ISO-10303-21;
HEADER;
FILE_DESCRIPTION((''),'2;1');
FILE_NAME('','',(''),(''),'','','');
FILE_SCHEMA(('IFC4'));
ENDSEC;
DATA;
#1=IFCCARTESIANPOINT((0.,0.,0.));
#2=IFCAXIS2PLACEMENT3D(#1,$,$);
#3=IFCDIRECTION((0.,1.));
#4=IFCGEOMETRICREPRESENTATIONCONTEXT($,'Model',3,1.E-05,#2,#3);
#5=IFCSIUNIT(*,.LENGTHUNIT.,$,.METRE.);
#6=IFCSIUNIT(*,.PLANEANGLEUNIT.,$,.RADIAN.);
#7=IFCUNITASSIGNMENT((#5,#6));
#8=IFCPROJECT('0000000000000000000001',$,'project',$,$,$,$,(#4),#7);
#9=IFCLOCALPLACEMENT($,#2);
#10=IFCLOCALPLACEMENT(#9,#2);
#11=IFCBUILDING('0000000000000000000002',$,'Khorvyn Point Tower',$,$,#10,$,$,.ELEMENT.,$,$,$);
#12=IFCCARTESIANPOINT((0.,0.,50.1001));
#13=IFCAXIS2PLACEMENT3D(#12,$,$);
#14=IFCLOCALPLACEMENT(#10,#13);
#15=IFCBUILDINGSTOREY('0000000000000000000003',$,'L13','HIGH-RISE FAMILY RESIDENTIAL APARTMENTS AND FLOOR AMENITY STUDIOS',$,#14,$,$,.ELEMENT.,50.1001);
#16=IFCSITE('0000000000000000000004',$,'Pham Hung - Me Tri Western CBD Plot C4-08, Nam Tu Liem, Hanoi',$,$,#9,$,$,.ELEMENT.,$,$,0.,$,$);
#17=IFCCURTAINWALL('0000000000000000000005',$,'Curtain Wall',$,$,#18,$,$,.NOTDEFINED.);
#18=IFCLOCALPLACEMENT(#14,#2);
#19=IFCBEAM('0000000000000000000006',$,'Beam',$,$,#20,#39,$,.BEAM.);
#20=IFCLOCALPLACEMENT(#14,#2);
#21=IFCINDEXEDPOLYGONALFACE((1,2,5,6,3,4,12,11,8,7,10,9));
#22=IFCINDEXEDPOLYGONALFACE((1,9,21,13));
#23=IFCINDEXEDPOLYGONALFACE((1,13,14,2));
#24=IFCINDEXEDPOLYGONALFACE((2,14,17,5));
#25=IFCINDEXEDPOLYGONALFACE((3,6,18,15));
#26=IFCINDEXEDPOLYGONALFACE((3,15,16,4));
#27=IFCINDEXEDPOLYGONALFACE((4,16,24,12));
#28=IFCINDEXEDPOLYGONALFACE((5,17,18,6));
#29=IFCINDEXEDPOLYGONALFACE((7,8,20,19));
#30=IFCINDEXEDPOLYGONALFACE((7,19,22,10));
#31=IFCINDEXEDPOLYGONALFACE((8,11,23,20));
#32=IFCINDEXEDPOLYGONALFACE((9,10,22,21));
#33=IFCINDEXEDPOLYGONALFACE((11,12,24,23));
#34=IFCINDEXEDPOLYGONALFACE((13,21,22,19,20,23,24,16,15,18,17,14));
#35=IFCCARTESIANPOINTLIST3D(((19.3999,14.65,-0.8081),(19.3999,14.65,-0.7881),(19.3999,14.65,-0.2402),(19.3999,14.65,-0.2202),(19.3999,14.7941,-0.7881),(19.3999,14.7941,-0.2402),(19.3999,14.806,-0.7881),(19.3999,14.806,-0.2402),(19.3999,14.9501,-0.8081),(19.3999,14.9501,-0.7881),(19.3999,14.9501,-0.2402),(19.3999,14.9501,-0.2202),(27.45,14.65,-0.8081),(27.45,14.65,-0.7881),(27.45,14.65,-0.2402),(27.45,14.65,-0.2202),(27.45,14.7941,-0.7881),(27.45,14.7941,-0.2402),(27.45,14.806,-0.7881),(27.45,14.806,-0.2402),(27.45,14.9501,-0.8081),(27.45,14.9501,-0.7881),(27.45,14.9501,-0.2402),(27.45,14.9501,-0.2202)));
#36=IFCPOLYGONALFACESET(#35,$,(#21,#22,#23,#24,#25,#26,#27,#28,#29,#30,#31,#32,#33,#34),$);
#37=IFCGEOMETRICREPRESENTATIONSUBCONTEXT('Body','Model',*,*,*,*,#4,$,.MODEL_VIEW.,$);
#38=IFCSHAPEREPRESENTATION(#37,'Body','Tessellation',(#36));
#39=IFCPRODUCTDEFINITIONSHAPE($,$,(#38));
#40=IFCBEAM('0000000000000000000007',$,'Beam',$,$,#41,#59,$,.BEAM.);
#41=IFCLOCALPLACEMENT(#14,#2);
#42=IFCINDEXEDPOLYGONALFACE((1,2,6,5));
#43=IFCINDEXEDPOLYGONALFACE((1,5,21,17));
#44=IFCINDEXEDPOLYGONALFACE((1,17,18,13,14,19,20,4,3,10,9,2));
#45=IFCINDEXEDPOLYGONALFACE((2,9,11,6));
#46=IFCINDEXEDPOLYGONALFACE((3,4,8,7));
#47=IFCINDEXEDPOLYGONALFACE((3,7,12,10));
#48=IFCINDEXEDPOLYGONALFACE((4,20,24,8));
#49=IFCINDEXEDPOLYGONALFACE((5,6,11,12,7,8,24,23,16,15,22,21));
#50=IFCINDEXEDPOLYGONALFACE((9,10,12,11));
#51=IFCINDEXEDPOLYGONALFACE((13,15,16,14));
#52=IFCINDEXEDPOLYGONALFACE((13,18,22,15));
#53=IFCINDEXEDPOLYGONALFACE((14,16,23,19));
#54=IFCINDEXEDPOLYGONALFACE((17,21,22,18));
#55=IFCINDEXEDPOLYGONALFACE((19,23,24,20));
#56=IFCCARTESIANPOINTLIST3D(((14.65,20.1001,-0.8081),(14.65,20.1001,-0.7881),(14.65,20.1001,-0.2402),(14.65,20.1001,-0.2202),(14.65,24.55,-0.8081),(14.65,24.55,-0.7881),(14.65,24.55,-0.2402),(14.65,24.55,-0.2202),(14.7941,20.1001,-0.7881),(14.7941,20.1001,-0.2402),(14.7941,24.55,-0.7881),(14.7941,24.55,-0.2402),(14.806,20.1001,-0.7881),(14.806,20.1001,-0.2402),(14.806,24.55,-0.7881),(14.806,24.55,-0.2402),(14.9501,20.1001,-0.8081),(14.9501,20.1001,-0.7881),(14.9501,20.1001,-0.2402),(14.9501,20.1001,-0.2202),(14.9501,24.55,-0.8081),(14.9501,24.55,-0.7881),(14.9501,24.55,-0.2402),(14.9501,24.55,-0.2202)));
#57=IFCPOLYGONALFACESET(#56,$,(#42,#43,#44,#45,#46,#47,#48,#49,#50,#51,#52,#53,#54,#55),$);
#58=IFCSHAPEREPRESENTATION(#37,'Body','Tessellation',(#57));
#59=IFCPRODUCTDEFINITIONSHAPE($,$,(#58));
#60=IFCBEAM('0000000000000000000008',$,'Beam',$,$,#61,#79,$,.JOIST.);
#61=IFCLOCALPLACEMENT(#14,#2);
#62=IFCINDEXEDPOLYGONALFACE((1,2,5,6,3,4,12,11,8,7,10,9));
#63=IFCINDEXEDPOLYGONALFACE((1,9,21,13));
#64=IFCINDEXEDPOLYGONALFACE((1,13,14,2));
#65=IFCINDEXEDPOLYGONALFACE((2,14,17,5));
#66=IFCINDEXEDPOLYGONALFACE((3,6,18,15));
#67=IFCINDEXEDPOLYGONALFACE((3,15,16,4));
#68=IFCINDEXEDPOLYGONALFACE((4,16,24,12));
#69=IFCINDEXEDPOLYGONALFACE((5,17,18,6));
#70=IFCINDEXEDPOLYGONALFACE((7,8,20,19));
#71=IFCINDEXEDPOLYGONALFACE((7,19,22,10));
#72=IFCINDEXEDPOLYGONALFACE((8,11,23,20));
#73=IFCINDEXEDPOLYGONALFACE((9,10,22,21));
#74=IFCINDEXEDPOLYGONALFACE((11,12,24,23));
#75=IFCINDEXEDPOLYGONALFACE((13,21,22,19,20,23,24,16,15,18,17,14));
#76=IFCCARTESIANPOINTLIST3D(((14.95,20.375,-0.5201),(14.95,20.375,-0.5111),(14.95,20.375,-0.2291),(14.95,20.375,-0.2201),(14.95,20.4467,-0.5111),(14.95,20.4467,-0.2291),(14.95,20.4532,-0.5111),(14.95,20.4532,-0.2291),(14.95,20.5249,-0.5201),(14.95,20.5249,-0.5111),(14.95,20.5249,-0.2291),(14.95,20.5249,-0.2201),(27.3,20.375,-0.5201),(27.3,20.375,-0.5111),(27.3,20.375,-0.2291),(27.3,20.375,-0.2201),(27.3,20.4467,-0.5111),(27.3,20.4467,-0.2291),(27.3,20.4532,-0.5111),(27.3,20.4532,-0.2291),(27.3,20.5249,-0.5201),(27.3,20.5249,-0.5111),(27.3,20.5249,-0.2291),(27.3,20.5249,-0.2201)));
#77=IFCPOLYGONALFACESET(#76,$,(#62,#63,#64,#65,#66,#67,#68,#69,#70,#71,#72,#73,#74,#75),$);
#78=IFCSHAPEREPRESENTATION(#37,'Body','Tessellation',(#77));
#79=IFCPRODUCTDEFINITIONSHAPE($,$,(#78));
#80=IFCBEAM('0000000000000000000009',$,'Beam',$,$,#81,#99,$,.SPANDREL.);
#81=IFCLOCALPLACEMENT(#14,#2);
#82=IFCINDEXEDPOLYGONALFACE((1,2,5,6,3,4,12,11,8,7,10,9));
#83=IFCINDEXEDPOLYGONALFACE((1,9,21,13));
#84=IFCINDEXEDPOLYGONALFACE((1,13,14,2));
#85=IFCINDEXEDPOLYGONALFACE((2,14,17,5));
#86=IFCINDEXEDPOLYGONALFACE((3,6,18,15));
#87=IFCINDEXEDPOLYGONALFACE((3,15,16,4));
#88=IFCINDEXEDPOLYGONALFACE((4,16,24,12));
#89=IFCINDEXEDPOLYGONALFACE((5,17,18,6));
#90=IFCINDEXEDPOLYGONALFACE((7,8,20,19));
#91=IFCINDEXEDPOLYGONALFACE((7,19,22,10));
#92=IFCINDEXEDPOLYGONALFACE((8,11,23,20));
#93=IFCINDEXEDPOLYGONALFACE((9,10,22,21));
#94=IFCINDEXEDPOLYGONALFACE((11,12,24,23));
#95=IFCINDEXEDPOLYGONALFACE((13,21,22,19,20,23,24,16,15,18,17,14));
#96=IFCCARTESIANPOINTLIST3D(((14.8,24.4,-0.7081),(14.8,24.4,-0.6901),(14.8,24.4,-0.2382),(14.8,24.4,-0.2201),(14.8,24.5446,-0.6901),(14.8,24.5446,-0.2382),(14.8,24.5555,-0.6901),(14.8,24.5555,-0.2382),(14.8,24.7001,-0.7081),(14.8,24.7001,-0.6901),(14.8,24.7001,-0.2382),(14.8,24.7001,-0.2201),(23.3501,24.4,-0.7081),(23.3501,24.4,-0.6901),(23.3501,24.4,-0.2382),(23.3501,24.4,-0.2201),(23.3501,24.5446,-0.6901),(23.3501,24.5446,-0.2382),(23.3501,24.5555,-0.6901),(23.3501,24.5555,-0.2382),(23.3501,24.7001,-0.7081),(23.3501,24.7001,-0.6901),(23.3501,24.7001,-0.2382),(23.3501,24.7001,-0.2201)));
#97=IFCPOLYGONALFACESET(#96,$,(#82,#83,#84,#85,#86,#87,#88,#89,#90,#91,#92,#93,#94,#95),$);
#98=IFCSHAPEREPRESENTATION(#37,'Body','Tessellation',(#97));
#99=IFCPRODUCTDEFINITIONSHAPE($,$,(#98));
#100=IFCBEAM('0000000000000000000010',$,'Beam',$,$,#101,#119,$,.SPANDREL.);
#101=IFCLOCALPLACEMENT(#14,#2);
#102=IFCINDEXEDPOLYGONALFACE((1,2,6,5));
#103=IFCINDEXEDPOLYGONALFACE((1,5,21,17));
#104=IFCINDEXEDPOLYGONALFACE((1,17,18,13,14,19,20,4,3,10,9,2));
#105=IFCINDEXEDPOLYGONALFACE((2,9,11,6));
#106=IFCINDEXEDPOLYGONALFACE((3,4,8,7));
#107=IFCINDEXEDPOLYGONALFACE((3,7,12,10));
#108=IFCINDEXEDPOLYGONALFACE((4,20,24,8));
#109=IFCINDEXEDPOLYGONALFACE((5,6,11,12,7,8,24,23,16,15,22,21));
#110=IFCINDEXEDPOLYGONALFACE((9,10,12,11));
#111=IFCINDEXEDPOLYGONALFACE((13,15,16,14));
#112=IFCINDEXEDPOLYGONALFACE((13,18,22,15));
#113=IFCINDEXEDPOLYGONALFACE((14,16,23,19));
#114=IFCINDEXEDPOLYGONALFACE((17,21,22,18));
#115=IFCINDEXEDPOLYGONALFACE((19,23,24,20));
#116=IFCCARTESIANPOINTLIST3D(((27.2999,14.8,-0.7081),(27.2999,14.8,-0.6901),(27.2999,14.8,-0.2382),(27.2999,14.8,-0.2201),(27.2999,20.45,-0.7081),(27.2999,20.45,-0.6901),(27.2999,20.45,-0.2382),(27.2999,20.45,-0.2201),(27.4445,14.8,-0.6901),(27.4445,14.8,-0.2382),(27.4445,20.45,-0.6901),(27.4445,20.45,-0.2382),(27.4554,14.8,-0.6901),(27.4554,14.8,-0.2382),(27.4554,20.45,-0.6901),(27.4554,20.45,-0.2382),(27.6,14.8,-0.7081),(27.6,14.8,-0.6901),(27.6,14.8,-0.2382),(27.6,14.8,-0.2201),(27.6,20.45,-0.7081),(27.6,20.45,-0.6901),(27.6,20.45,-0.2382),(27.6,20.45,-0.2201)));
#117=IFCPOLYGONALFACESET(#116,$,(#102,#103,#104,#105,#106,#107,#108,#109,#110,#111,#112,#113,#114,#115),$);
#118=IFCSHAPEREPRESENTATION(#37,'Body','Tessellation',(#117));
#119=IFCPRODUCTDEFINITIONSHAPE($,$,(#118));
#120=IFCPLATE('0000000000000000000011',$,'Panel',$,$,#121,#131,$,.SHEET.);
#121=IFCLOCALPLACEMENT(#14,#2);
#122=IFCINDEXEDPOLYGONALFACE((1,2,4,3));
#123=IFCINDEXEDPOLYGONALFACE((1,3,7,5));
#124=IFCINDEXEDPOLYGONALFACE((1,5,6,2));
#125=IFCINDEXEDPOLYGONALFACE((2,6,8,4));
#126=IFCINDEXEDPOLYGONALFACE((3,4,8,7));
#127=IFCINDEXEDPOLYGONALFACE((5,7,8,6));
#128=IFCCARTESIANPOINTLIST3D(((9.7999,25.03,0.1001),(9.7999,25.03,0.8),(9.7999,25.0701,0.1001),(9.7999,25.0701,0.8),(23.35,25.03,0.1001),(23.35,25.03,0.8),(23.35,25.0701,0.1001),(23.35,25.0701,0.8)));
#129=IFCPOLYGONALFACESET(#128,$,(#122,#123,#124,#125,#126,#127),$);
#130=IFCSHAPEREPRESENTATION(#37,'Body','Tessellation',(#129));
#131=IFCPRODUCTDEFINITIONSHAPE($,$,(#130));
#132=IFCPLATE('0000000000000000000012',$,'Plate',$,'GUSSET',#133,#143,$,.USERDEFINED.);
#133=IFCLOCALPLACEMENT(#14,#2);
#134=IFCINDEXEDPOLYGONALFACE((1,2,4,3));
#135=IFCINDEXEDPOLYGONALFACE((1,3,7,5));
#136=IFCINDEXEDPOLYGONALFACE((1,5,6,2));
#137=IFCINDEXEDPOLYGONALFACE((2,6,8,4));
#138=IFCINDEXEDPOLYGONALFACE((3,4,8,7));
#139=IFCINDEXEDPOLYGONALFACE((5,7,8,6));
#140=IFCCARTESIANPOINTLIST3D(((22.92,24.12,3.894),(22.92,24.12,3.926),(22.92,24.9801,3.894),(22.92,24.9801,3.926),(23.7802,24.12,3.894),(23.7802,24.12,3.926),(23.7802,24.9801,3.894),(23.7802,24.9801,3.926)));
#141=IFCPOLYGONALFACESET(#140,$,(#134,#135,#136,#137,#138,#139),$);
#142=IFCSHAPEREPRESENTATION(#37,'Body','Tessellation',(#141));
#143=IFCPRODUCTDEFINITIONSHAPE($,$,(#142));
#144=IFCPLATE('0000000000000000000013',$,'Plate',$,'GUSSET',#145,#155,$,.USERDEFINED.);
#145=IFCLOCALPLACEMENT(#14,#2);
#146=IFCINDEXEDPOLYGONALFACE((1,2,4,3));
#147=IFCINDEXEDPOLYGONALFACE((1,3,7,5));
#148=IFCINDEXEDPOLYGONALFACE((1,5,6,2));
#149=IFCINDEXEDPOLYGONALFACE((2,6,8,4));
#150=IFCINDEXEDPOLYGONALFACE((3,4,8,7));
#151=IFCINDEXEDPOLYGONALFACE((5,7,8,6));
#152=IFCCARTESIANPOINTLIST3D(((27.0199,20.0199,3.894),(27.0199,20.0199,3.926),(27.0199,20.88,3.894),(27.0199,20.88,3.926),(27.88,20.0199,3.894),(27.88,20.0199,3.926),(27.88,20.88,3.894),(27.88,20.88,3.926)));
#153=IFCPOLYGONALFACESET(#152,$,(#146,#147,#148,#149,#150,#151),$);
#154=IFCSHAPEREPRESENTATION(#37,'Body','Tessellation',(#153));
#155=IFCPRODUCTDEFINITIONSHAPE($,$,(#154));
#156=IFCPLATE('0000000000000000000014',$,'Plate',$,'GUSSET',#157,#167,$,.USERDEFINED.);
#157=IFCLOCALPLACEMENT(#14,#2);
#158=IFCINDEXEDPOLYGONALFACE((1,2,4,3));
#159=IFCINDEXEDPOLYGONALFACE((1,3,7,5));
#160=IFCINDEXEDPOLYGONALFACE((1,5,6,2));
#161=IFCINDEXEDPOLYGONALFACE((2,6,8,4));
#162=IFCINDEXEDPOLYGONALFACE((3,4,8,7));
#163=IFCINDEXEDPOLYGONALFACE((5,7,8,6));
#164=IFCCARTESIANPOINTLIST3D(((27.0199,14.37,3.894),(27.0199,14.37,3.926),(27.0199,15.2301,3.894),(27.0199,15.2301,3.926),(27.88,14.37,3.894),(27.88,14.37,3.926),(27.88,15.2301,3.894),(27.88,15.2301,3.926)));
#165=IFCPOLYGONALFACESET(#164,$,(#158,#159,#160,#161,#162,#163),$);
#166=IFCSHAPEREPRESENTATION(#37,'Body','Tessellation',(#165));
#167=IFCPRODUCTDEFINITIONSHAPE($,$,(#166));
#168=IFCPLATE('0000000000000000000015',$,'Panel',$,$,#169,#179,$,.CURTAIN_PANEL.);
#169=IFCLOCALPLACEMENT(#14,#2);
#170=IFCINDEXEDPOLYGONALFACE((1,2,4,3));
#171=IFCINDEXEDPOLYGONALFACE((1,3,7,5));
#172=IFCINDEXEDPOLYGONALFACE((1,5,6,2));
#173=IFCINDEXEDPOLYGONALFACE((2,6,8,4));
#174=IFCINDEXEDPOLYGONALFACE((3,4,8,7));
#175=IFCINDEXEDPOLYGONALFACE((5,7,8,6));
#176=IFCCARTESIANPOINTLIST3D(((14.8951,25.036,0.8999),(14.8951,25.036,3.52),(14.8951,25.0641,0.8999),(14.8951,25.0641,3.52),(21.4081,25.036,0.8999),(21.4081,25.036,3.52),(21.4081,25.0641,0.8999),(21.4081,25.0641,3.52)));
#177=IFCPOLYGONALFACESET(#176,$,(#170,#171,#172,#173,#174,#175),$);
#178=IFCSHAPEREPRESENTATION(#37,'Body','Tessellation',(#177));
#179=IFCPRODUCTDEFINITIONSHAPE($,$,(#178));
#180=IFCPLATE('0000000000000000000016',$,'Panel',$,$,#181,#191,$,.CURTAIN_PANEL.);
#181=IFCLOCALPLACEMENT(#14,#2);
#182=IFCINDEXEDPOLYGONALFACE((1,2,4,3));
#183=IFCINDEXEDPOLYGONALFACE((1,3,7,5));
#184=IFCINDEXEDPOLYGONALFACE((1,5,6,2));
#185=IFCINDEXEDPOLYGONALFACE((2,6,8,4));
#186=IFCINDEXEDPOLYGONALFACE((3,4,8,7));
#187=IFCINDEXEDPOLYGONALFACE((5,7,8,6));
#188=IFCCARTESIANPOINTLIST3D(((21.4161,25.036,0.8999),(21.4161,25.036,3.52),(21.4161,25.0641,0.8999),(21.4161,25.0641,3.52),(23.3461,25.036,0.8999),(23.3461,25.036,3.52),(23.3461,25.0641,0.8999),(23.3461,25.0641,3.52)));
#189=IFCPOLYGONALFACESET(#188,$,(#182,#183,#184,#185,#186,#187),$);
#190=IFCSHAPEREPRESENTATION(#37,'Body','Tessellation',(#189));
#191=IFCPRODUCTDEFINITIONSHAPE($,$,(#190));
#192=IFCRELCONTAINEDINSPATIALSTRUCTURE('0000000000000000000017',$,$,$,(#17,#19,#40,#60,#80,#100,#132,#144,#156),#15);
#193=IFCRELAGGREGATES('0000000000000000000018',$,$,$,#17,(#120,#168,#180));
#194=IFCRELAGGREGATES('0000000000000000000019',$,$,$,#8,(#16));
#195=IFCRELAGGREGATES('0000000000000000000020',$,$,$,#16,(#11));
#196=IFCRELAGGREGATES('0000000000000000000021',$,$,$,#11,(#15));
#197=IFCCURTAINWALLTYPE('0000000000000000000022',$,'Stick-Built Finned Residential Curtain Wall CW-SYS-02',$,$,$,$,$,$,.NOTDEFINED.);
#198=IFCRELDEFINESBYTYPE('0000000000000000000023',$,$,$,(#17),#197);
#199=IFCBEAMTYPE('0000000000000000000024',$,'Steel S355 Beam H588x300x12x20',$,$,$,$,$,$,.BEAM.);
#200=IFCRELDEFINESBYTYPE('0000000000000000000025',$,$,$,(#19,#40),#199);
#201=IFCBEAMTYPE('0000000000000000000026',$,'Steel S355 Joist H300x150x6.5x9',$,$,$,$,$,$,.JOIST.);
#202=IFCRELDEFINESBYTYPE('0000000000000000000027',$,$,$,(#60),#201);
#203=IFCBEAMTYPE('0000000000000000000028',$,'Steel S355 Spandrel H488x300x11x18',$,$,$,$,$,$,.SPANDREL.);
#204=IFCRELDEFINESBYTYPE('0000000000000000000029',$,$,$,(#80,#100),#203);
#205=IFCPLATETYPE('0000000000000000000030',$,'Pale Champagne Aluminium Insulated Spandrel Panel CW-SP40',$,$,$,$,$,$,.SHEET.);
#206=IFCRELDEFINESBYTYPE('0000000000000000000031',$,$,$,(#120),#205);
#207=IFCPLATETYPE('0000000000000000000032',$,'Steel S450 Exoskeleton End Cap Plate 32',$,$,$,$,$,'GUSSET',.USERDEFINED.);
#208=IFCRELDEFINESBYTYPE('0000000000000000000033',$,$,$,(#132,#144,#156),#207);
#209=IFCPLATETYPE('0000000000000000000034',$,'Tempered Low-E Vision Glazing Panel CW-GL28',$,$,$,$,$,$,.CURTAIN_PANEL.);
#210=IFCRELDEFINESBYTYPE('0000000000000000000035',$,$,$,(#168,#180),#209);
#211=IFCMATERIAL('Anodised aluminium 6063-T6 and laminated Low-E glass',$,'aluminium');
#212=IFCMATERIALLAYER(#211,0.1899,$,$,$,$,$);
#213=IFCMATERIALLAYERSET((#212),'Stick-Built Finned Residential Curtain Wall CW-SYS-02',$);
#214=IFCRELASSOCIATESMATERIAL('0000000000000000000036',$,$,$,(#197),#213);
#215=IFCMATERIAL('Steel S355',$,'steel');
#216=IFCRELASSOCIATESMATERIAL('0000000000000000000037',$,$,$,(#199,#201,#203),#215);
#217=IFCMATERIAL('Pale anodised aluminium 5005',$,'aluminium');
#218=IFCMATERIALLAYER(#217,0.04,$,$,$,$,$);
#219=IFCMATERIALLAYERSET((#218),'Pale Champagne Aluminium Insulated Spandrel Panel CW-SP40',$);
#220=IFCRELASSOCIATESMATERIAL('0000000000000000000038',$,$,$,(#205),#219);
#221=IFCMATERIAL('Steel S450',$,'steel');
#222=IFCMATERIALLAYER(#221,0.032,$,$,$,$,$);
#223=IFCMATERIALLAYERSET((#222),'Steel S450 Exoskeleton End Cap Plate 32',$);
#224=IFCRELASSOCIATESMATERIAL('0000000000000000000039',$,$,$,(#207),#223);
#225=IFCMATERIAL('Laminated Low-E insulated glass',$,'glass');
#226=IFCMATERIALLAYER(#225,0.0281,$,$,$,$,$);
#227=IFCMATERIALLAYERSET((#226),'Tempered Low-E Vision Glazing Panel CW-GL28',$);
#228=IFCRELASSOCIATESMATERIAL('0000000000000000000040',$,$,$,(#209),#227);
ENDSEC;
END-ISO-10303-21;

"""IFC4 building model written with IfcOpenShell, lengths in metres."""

from ifc_helpers import new_model, si_unit, direction, frame, origin, origin_2d, place, context, subcontext, project, spatial, rectangle, i_section, extrude, material, layer, layer_set, material_profile, profile_set, type_object, element, aggregate, save


model = new_model("IFC4")

# Units and contexts
model_context = context("Model", 3, precision=1e-05, world=origin(), true_north=direction((0.0, 1.0)))
body_context = subcontext(model_context, "Body", "Model", "MODEL_VIEW")
ifc_project = project(units=[si_unit("LENGTHUNIT", "METRE"), si_unit("PLANEANGLEUNIT", "RADIAN")], contexts=[model_context])

# Site, building, storey
site_placement = place(None, origin())
site = spatial("IfcSite", under=ifc_project, at=site_placement, Name="Pham Hung - Me Tri Western CBD Plot C4-08, Nam Tu Liem, Hanoi", CompositionType="ELEMENT", RefElevation=0.0)
building_placement = place(site_placement, origin())
building = spatial("IfcBuilding", under=site, at=building_placement, Name="Khorvyn Point Tower", CompositionType="ELEMENT")
storey_placement = place(building_placement, frame((0.0, 0.0, 50.1001)))
storey = spatial("IfcBuildingStorey", under=building, at=storey_placement, Name="L13", Description="HIGH-RISE FAMILY RESIDENTIAL APARTMENTS AND FLOOR AMENITY STUDIOS", CompositionType="ELEMENT", Elevation=50.1001)

# Shared definitions
ifc_material_1 = material(Name="Steel S450", Category="steel")

# Curtain wall
ifc_material_2 = material(Name="Anodised aluminium 6063-T6 and laminated Low-E glass", Category="aluminium")
ifc_layer_1 = layer(ifc_material_2, 0.1899)
ifc_layer_set_1 = layer_set([ifc_layer_1], Name="Stick-Built Finned Residential Curtain Wall CW-SYS-02")
curtain_wall_type = type_object("IfcCurtainWallType", Name="Stick-Built Finned Residential Curtain Wall CW-SYS-02", PredefinedType="NOTDEFINED", material=ifc_layer_set_1)
curtain_wall_1_placement = place(storey_placement, origin())
curtain_wall_1 = element("IfcCurtainWall", 1, at=curtain_wall_1_placement, inside=storey, type_object=curtain_wall_type, Name="Curtain Wall", PredefinedType="NOTDEFINED")

# Beams
ifc_material_3 = material(Name="Steel S355", Category="steel")
ifc_material_profile_1 = material_profile(ifc_material_3, i_section(OverallWidth=0.3, OverallDepth=0.5879, WebThickness=0.012, FlangeThickness=0.02, at=origin_2d()))
ifc_profile_set_1 = profile_set([ifc_material_profile_1], Name="Steel S355 H588x300x12x20")
beam_type_1 = type_object("IfcBeamType", Name="Steel S355 Beam H588x300x12x20", PredefinedType="BEAM", material=ifc_profile_set_1)
beam_1_placement = place(storey_placement, frame((19.3999, 14.8, -0.5142), z_axis=(1.0, 0.0, 0.0), x_axis=(0.0, 1.0, 0.0)))
element("IfcBeam", 2, at=beam_1_placement, inside=storey, type_object=beam_type_1, Name="Beam", PredefinedType="BEAM", context=body_context, shape_type="SweptSolid", body=[
    extrude(i_section(OverallWidth=0.3, OverallDepth=0.5879, WebThickness=0.012, FlangeThickness=0.02, at=origin_2d()), origin(), (0.0, 0.0, 1.0), 8.05),
])
beam_2_placement = place(storey_placement, frame((14.8, 20.1001, -0.5142), z_axis=(0.0, 1.0, 0.0), x_axis=(-1.0, 0.0, 0.0)))
element("IfcBeam", 3, at=beam_2_placement, inside=storey, type_object=beam_type_1, Name="Beam", PredefinedType="BEAM", context=body_context, shape_type="SweptSolid", body=[
    extrude(i_section(OverallWidth=0.3, OverallDepth=0.5879, WebThickness=0.012, FlangeThickness=0.02, at=origin_2d()), origin(), (0.0, 0.0, 1.0), 4.45),
])
ifc_material_profile_2 = material_profile(ifc_material_3, i_section(OverallWidth=0.1499, OverallDepth=0.3, WebThickness=0.0066, FlangeThickness=0.009, at=origin_2d()))
ifc_profile_set_2 = profile_set([ifc_material_profile_2], Name="Steel S355 H300x150x6.5x9")
beam_type_2 = type_object("IfcBeamType", Name="Steel S355 Joist H300x150x6.5x9", PredefinedType="JOIST", material=ifc_profile_set_2)
beam_3_placement = place(storey_placement, frame((14.95, 20.45, -0.3701), z_axis=(1.0, 0.0, 0.0), x_axis=(0.0, 1.0, 0.0)))
element("IfcBeam", 4, at=beam_3_placement, inside=storey, type_object=beam_type_2, Name="Beam", PredefinedType="JOIST", context=body_context, shape_type="SweptSolid", body=[
    extrude(i_section(OverallWidth=0.1499, OverallDepth=0.3, WebThickness=0.0066, FlangeThickness=0.009, at=origin_2d()), origin(), (0.0, 0.0, 1.0), 12.3501),
])
ifc_material_profile_3 = material_profile(ifc_material_3, i_section(OverallWidth=0.3, OverallDepth=0.488, WebThickness=0.011, FlangeThickness=0.0181, at=origin_2d()))
ifc_profile_set_3 = profile_set([ifc_material_profile_3], Name="Steel S355 H488x300x11x18")
beam_type_3 = type_object("IfcBeamType", Name="Steel S355 Spandrel H488x300x11x18", PredefinedType="SPANDREL", material=ifc_profile_set_3)
beam_4_placement = place(storey_placement, frame((14.8, 24.55, -0.4641), z_axis=(1.0, 0.0, 0.0), x_axis=(0.0, 1.0, 0.0)))
element("IfcBeam", 5, at=beam_4_placement, inside=storey, type_object=beam_type_3, Name="Beam", PredefinedType="SPANDREL", context=body_context, shape_type="SweptSolid", body=[
    extrude(i_section(OverallWidth=0.3, OverallDepth=0.488, WebThickness=0.011, FlangeThickness=0.0181, at=origin_2d()), origin(), (0.0, 0.0, 1.0), 8.55),
])
beam_5_placement = place(storey_placement, frame((27.45, 14.8, -0.4641), z_axis=(0.0, 1.0, 0.0), x_axis=(-1.0, 0.0, 0.0)))
element("IfcBeam", 6, at=beam_5_placement, inside=storey, type_object=beam_type_3, Name="Beam", PredefinedType="SPANDREL", context=body_context, shape_type="SweptSolid", body=[
    extrude(i_section(OverallWidth=0.3, OverallDepth=0.488, WebThickness=0.011, FlangeThickness=0.0181, at=origin_2d()), origin(), (0.0, 0.0, 1.0), 5.6499),
])

# Plate
ifc_material_4 = material(Name="Pale anodised aluminium 5005", Category="aluminium")
ifc_layer_2 = layer(ifc_material_4, 0.04)
ifc_layer_set_2 = layer_set([ifc_layer_2], Name="Pale Champagne Aluminium Insulated Spandrel Panel CW-SP40")
plate_type_1 = type_object("IfcPlateType", Name="Pale Champagne Aluminium Insulated Spandrel Panel CW-SP40", PredefinedType="SHEET", material=ifc_layer_set_2)
plate_1_placement = place(storey_placement, frame((16.575, 25.05, 0.1001), z_axis=(0.0, 0.0, 1.0), x_axis=(1.0, 0.0, 0.0)))
plate_1 = element("IfcPlate", 7, at=plate_1_placement, type_object=plate_type_1, Name="Panel", PredefinedType="SHEET", context=body_context, shape_type="SweptSolid", body=[
    extrude(rectangle(XDim=13.55, YDim=0.04, at=origin_2d()), origin(), (0.0, 0.0, 1.0), 0.7),
])

# Plates
ifc_layer_3 = layer(ifc_material_1, 0.032)
ifc_layer_set_3 = layer_set([ifc_layer_3], Name="Steel S450 Exoskeleton End Cap Plate 32")
plate_type_2 = type_object("IfcPlateType", Name="Steel S450 Exoskeleton End Cap Plate 32", ElementType="GUSSET", PredefinedType="USERDEFINED", material=ifc_layer_set_3)
for number, where, z_axis, x_axis, name in (
    (8, (23.3501, 24.55, 3.894), (0.0, 0.0, 1.0), (1.0, 0.0, 0.0), "Plate"),
    (9, (27.45, 20.45, 3.894), (0.0, 0.0, 1.0), (1.0, 0.0, 0.0), "Plate"),
    (10, (27.45, 14.8, 3.894), (0.0, 0.0, 1.0), (1.0, 0.0, 0.0), "Plate"),
):
    element("IfcPlate", number, at=place(storey_placement, frame(where, z_axis=z_axis, x_axis=x_axis)), inside=storey, type_object=plate_type_2, Name=name, ObjectType="GUSSET", PredefinedType="USERDEFINED", context=body_context, shape_type="SweptSolid", body=[
        extrude(rectangle(XDim=0.8601, YDim=0.8601, at=origin_2d()), origin(), (0.0, 0.0, 1.0), 0.032),
    ])

# Plates
ifc_material_5 = material(Name="Laminated Low-E insulated glass", Category="glass")
ifc_layer_4 = layer(ifc_material_5, 0.0281)
ifc_layer_set_4 = layer_set([ifc_layer_4], Name="Tempered Low-E Vision Glazing Panel CW-GL28")
plate_type_3 = type_object("IfcPlateType", Name="Tempered Low-E Vision Glazing Panel CW-GL28", PredefinedType="CURTAIN_PANEL", material=ifc_layer_set_4)
plate_2_placement = place(storey_placement, frame((18.1516, 25.05, 0.8999), z_axis=(0.0, 0.0, 1.0), x_axis=(1.0, 0.0, 0.0)))
plate_2 = element("IfcPlate", 11, at=plate_2_placement, type_object=plate_type_3, Name="Panel", PredefinedType="CURTAIN_PANEL", context=body_context, shape_type="SweptSolid", body=[
    extrude(rectangle(XDim=6.5129, YDim=0.0281, at=origin_2d()), origin(), (0.0, 0.0, 1.0), 2.6201),
])
plate_3_placement = place(storey_placement, frame((22.3811, 25.05, 0.8999), z_axis=(0.0, 0.0, 1.0), x_axis=(1.0, 0.0, 0.0)))
plate_3 = element("IfcPlate", 12, at=plate_3_placement, type_object=plate_type_3, Name="Panel", PredefinedType="CURTAIN_PANEL", context=body_context, shape_type="SweptSolid", body=[
    extrude(rectangle(XDim=1.9299, YDim=0.0281, at=origin_2d()), origin(), (0.0, 0.0, 1.0), 2.6201),
])
aggregate(curtain_wall_1, [plate_1, plate_2, plate_3])

save(model, "model.ifc")
